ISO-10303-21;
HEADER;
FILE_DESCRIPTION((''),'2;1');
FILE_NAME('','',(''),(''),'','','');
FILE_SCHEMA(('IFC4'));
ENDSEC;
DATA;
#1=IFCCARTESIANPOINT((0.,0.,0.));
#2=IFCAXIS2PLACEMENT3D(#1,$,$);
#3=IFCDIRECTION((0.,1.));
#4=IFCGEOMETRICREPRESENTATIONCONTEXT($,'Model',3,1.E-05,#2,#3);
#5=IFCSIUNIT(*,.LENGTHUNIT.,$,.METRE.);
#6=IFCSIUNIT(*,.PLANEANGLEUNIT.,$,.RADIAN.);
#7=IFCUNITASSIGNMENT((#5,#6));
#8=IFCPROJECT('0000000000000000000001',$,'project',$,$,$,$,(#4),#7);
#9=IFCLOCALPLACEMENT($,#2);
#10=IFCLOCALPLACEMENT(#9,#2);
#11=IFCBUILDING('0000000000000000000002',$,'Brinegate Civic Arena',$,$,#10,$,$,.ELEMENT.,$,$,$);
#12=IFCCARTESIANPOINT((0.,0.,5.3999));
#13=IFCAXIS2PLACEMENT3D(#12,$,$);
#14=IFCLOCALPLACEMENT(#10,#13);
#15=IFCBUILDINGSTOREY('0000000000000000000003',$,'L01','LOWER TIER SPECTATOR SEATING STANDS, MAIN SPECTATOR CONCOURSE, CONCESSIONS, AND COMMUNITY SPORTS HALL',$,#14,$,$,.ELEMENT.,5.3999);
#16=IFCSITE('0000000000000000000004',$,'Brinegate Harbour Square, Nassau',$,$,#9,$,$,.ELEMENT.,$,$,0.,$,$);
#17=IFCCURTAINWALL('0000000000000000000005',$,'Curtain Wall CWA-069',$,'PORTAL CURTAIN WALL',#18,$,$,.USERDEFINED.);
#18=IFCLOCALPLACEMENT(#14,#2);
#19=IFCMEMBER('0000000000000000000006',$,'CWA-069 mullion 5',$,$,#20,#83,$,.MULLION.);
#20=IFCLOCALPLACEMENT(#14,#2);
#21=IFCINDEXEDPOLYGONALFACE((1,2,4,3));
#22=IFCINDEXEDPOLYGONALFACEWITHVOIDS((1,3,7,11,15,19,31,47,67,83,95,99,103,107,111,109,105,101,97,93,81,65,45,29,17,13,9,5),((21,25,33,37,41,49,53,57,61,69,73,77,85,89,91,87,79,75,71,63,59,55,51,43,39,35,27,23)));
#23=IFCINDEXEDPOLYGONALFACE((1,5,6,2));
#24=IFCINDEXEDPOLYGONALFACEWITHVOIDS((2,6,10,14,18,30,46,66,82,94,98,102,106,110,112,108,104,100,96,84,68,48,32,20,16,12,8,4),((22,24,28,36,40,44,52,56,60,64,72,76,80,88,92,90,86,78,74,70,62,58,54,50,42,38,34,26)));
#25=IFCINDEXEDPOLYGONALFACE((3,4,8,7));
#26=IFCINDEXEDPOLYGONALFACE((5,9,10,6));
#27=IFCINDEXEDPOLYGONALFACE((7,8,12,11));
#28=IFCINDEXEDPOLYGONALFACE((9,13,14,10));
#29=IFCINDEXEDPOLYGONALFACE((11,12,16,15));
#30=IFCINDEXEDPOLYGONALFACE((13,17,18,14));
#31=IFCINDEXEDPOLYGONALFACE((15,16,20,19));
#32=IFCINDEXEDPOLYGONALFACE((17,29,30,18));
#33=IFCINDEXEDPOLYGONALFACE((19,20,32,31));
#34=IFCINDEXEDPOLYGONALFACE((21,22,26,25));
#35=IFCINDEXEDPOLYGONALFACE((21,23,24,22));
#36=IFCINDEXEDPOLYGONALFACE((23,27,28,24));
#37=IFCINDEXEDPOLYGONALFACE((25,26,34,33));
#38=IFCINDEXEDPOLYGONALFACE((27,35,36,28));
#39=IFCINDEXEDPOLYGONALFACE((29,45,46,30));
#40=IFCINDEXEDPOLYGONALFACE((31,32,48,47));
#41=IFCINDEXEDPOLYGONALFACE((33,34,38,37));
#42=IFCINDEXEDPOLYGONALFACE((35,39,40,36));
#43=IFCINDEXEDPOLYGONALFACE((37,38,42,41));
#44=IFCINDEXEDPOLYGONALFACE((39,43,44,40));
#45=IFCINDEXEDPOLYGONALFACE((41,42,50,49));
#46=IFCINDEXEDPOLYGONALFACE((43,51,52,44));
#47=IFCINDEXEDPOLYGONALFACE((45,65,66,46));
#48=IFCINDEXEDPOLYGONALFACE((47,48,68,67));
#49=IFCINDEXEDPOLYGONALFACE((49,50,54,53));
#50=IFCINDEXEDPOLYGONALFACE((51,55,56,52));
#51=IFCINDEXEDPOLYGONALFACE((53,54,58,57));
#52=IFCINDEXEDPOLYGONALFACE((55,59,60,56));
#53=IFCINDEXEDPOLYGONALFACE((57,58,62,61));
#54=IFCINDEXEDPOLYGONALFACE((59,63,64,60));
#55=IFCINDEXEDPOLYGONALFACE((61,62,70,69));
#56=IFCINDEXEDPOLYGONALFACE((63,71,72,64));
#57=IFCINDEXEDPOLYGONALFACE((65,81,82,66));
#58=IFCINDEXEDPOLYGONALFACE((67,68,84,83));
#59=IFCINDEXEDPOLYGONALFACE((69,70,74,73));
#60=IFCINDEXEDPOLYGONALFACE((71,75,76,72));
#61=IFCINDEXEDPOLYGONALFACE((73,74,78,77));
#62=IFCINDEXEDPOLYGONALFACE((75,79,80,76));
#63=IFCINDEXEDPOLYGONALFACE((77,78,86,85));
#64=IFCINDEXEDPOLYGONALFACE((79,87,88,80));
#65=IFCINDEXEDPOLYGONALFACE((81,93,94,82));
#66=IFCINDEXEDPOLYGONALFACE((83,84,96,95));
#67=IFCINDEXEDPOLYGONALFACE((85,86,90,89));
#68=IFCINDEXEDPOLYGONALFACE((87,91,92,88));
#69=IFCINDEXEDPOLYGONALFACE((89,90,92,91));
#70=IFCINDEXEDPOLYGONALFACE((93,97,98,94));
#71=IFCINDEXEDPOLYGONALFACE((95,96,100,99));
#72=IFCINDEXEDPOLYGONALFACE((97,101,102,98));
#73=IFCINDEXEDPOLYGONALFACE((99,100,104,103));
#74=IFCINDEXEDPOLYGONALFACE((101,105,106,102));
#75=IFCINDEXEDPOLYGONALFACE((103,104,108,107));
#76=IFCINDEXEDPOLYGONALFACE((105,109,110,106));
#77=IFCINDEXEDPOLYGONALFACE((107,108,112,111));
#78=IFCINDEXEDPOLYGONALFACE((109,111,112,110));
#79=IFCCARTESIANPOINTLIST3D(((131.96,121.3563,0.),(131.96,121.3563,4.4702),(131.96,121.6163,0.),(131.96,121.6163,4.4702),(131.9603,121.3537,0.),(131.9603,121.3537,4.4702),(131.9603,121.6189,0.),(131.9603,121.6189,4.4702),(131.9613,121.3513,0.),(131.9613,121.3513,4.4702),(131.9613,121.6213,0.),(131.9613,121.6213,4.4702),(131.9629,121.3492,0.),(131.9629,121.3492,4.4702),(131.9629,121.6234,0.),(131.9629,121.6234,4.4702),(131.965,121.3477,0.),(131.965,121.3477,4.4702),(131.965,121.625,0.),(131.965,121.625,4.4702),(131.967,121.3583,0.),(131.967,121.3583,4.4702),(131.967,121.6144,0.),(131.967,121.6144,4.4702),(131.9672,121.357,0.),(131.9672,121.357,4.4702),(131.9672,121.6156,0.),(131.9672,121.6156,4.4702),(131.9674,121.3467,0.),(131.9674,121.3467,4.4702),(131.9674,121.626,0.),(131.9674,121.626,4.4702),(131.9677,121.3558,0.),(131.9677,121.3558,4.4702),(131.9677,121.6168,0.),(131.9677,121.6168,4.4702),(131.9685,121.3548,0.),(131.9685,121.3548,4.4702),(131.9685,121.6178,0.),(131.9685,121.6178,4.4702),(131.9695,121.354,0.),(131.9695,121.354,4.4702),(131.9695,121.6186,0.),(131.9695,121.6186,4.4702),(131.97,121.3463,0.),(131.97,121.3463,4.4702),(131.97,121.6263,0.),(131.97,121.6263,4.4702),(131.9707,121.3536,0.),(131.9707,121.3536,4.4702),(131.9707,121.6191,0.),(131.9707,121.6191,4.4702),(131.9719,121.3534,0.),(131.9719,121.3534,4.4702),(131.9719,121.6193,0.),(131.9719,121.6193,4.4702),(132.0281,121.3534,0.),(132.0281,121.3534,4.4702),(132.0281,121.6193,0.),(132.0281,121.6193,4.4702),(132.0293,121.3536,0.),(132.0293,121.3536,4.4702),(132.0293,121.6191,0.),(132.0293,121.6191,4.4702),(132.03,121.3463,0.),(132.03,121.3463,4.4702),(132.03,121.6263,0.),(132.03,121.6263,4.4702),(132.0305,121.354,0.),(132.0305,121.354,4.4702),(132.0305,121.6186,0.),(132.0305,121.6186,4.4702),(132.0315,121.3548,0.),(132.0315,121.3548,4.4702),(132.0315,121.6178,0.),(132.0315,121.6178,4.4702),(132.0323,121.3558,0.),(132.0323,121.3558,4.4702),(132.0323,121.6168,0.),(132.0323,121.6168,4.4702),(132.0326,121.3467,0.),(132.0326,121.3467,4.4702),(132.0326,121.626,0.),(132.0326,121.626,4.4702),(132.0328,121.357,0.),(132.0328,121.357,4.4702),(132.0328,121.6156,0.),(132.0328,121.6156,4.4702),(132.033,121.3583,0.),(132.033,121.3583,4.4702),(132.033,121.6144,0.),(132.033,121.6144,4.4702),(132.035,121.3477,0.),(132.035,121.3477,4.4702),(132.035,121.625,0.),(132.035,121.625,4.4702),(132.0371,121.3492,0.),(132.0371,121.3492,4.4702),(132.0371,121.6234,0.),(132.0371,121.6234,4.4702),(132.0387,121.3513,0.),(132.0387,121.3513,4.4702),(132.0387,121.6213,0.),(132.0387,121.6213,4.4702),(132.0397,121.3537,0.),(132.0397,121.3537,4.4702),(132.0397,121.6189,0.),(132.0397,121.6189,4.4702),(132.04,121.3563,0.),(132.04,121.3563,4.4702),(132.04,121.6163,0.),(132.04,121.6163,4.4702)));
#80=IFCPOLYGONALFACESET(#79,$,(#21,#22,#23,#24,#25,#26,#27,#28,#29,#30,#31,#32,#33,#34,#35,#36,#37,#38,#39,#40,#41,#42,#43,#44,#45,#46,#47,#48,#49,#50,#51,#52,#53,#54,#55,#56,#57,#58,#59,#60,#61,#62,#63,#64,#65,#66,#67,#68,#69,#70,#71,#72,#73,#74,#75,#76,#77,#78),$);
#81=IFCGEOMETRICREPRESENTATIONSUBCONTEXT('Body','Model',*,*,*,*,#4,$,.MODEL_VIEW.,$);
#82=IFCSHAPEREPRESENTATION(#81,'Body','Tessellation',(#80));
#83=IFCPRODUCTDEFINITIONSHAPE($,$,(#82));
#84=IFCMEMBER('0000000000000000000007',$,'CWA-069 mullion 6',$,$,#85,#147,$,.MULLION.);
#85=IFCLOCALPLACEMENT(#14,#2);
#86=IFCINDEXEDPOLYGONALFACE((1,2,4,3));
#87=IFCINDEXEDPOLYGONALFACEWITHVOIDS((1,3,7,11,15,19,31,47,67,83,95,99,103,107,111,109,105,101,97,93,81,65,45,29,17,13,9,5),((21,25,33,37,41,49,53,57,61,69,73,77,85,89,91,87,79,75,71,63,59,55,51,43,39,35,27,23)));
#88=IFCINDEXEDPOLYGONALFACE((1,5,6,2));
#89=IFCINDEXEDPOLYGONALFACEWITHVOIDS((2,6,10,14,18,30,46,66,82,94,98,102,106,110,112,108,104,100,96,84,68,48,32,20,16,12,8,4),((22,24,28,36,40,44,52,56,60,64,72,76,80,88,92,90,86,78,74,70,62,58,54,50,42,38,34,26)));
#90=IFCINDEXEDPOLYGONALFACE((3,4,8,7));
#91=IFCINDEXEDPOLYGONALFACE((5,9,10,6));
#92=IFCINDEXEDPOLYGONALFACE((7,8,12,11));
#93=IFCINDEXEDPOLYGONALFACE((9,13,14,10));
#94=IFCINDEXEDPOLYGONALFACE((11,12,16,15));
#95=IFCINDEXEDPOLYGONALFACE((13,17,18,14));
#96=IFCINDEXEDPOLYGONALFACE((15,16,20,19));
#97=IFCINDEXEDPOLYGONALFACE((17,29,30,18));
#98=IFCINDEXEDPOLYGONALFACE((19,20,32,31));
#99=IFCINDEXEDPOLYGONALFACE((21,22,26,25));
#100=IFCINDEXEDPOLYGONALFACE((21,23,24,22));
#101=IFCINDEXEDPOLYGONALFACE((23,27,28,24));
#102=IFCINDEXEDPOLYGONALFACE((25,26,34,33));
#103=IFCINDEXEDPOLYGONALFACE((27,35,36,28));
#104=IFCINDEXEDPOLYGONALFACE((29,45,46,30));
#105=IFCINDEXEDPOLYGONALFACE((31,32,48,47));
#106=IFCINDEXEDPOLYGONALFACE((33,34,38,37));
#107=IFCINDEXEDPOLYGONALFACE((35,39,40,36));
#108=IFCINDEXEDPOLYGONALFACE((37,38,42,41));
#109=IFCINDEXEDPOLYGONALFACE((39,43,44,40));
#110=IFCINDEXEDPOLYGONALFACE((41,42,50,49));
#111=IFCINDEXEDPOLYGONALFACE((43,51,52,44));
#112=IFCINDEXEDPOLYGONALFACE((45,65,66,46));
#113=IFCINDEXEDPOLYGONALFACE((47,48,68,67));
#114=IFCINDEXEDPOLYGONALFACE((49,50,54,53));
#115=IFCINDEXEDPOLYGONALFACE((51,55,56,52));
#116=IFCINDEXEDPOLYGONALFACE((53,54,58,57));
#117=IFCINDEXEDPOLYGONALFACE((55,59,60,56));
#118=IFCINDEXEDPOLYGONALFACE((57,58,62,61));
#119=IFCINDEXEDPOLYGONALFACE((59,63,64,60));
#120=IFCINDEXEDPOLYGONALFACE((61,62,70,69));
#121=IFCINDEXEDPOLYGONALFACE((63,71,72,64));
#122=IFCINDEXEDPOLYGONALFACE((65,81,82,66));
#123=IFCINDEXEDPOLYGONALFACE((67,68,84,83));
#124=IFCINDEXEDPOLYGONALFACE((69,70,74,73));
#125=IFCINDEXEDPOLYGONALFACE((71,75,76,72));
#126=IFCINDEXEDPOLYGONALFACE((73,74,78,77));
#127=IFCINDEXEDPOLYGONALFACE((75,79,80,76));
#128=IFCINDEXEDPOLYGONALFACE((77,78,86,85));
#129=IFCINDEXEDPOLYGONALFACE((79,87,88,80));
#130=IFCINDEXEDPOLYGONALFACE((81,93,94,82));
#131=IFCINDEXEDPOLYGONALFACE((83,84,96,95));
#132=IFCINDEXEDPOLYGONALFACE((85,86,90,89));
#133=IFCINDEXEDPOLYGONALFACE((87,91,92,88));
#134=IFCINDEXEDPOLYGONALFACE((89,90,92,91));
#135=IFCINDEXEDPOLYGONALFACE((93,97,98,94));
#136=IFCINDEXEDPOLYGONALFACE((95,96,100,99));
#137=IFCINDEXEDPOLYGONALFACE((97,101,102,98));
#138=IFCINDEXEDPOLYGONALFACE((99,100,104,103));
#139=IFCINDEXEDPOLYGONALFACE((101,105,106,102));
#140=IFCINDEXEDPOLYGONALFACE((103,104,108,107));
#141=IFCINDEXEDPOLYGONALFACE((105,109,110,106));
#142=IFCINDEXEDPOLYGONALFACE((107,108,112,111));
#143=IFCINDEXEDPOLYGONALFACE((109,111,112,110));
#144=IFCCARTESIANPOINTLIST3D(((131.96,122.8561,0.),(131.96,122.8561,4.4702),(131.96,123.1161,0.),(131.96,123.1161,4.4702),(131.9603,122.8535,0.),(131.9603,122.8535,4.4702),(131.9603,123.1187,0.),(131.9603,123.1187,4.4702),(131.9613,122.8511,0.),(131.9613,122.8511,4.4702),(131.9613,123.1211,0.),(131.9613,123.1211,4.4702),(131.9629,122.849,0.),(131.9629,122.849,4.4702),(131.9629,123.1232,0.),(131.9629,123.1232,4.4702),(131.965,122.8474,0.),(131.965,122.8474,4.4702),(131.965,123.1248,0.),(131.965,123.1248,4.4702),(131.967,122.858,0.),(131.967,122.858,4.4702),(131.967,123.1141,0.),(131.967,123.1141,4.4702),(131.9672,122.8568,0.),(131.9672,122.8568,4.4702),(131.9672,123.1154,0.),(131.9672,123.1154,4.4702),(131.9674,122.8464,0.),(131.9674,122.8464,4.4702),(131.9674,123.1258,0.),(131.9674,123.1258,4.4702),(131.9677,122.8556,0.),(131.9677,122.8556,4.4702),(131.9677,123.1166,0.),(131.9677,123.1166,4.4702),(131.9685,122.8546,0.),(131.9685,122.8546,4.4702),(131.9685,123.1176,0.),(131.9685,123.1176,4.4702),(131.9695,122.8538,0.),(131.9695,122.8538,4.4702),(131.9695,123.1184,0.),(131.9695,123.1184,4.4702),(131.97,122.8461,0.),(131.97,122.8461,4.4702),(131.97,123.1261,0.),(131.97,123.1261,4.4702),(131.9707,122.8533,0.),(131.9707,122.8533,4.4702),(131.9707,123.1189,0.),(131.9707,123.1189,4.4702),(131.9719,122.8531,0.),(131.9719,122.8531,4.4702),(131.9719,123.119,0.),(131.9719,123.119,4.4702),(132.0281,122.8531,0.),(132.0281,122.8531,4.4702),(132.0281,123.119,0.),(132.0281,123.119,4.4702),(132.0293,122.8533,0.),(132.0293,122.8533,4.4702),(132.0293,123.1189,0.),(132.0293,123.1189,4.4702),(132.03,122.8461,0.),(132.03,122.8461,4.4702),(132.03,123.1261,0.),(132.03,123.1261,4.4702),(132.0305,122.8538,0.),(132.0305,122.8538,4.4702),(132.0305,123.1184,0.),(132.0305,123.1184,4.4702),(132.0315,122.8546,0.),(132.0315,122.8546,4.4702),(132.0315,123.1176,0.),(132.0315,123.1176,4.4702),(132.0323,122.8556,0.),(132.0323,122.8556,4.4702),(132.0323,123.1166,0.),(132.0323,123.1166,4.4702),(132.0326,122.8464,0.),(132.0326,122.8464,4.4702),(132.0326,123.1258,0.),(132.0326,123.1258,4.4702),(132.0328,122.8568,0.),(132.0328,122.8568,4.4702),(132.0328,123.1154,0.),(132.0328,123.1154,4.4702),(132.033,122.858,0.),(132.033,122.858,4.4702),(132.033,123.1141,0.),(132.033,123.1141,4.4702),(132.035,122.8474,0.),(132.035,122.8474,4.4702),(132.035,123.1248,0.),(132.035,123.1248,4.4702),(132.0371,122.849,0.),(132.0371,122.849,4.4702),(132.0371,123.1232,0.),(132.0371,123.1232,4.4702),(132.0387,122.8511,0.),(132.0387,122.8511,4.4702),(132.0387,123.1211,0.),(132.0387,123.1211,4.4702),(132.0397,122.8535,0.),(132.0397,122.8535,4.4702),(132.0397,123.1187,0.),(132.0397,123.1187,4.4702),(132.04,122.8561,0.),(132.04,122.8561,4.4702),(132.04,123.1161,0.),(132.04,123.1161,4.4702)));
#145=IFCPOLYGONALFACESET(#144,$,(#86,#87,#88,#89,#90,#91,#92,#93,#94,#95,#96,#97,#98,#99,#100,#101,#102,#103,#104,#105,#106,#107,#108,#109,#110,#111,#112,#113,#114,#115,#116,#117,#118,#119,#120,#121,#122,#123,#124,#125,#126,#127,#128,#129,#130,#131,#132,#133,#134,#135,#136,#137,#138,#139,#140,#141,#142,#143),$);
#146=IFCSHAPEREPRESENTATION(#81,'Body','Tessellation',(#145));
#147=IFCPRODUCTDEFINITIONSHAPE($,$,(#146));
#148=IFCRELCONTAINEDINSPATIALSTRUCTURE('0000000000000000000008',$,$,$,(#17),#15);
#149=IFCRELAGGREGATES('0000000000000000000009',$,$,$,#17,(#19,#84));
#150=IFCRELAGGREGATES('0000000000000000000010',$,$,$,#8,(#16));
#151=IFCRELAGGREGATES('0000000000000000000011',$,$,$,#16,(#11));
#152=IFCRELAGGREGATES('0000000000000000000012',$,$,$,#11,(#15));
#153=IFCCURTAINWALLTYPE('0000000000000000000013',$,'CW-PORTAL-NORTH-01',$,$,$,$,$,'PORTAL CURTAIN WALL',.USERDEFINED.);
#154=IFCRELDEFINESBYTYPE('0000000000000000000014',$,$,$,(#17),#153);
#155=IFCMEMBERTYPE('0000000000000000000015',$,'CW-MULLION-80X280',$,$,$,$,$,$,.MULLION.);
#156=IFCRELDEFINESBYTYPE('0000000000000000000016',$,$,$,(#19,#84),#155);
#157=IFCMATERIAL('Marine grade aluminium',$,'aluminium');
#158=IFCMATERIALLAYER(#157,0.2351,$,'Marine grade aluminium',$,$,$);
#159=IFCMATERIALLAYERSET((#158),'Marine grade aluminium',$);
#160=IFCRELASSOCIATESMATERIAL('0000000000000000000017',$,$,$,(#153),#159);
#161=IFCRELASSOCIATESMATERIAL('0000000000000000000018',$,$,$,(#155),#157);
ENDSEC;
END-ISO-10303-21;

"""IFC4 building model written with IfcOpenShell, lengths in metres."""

from ifc_helpers import new_model, si_unit, direction, frame, origin, origin_2d, place, context, subcontext, project, spatial, hollow_rectangle, extrude, material, layer, layer_set, material_profile, profile_set, type_object, element, aggregate, save


model = new_model("IFC4")

# Units and contexts
model_context = context("Model", 3, precision=1e-05, world=origin(), true_north=direction((0.0, 1.0)))
body_context = subcontext(model_context, "Body", "Model", "MODEL_VIEW")
ifc_project = project(units=[si_unit("LENGTHUNIT", "METRE"), si_unit("PLANEANGLEUNIT", "RADIAN")], contexts=[model_context])

# Site, building, storey
site_placement = place(None, origin())
site = spatial("IfcSite", under=ifc_project, at=site_placement, Name="Brinegate Harbour Square, Nassau", CompositionType="ELEMENT", RefElevation=0.0)
building_placement = place(site_placement, origin())
building = spatial("IfcBuilding", under=site, at=building_placement, Name="Brinegate Civic Arena", CompositionType="ELEMENT")
storey_placement = place(building_placement, frame((0.0, 0.0, 5.3999)))
storey = spatial("IfcBuildingStorey", under=building, at=storey_placement, Name="L01", Description="LOWER TIER SPECTATOR SEATING STANDS, MAIN SPECTATOR CONCOURSE, CONCESSIONS, AND COMMUNITY SPORTS HALL", CompositionType="ELEMENT", Elevation=5.3999)

# Curtain wall, members
ifc_material_1 = material(Name="Marine grade aluminium", Category="aluminium")
ifc_layer_1 = layer(ifc_material_1, 0.2351, Name="Marine grade aluminium")
ifc_layer_set_1 = layer_set([ifc_layer_1], Name="Marine grade aluminium")
curtain_wall_type = type_object("IfcCurtainWallType", Name="CW-PORTAL-NORTH-01", ElementType="PORTAL CURTAIN WALL", PredefinedType="USERDEFINED", material=ifc_layer_set_1)
curtain_wall_placement = place(storey_placement, origin())
curtain_wall = element("IfcCurtainWall", 1, at=curtain_wall_placement, inside=storey, type_object=curtain_wall_type, Name="Curtain Wall CWA-069", ObjectType="PORTAL CURTAIN WALL", PredefinedType="USERDEFINED")
ifc_material_profile_1 = material_profile(ifc_material_1, hollow_rectangle(XDim=0.0801, YDim=0.28, WallThickness=0.0071, InnerFilletRadius=0.0049, OuterFilletRadius=0.01, at=origin_2d()), Name="MUL80X280")
ifc_profile_set_1 = profile_set([ifc_material_profile_1], Name="Marine grade aluminium")
member_type_1 = type_object("IfcMemberType", Name="CW-MULLION-80X280", PredefinedType="MULLION", material=ifc_profile_set_1)
member_1_placement = place(storey_placement, frame((132.0, 121.4863, 0.0), z_axis=(0.0, 0.0, 1.0), x_axis=(-1.0, 0.0, 0.0)))
member_1 = element("IfcMember", 2, at=member_1_placement, type_object=member_type_1, Name="CWA-069 mullion 5", PredefinedType="MULLION", context=body_context, shape_type="SweptSolid", body=[
    extrude(hollow_rectangle(XDim=0.0801, YDim=0.28, WallThickness=0.0071, InnerFilletRadius=0.0049, OuterFilletRadius=0.01, at=origin_2d()), origin(), (0.0, 0.0, 1.0), 4.4702),
])
member_2_placement = place(storey_placement, frame((132.0, 122.9861, 0.0), z_axis=(0.0, 0.0, 1.0), x_axis=(-1.0, 0.0, 0.0)))
member_2 = element("IfcMember", 3, at=member_2_placement, type_object=member_type_1, Name="CWA-069 mullion 6", PredefinedType="MULLION", context=body_context, shape_type="SweptSolid", body=[
    extrude(hollow_rectangle(XDim=0.0801, YDim=0.28, WallThickness=0.0071, InnerFilletRadius=0.0049, OuterFilletRadius=0.01, at=origin_2d()), origin(), (0.0, 0.0, 1.0), 4.4702),
])
aggregate(curtain_wall, [member_1, member_2])

save(model, "model.ifc")
